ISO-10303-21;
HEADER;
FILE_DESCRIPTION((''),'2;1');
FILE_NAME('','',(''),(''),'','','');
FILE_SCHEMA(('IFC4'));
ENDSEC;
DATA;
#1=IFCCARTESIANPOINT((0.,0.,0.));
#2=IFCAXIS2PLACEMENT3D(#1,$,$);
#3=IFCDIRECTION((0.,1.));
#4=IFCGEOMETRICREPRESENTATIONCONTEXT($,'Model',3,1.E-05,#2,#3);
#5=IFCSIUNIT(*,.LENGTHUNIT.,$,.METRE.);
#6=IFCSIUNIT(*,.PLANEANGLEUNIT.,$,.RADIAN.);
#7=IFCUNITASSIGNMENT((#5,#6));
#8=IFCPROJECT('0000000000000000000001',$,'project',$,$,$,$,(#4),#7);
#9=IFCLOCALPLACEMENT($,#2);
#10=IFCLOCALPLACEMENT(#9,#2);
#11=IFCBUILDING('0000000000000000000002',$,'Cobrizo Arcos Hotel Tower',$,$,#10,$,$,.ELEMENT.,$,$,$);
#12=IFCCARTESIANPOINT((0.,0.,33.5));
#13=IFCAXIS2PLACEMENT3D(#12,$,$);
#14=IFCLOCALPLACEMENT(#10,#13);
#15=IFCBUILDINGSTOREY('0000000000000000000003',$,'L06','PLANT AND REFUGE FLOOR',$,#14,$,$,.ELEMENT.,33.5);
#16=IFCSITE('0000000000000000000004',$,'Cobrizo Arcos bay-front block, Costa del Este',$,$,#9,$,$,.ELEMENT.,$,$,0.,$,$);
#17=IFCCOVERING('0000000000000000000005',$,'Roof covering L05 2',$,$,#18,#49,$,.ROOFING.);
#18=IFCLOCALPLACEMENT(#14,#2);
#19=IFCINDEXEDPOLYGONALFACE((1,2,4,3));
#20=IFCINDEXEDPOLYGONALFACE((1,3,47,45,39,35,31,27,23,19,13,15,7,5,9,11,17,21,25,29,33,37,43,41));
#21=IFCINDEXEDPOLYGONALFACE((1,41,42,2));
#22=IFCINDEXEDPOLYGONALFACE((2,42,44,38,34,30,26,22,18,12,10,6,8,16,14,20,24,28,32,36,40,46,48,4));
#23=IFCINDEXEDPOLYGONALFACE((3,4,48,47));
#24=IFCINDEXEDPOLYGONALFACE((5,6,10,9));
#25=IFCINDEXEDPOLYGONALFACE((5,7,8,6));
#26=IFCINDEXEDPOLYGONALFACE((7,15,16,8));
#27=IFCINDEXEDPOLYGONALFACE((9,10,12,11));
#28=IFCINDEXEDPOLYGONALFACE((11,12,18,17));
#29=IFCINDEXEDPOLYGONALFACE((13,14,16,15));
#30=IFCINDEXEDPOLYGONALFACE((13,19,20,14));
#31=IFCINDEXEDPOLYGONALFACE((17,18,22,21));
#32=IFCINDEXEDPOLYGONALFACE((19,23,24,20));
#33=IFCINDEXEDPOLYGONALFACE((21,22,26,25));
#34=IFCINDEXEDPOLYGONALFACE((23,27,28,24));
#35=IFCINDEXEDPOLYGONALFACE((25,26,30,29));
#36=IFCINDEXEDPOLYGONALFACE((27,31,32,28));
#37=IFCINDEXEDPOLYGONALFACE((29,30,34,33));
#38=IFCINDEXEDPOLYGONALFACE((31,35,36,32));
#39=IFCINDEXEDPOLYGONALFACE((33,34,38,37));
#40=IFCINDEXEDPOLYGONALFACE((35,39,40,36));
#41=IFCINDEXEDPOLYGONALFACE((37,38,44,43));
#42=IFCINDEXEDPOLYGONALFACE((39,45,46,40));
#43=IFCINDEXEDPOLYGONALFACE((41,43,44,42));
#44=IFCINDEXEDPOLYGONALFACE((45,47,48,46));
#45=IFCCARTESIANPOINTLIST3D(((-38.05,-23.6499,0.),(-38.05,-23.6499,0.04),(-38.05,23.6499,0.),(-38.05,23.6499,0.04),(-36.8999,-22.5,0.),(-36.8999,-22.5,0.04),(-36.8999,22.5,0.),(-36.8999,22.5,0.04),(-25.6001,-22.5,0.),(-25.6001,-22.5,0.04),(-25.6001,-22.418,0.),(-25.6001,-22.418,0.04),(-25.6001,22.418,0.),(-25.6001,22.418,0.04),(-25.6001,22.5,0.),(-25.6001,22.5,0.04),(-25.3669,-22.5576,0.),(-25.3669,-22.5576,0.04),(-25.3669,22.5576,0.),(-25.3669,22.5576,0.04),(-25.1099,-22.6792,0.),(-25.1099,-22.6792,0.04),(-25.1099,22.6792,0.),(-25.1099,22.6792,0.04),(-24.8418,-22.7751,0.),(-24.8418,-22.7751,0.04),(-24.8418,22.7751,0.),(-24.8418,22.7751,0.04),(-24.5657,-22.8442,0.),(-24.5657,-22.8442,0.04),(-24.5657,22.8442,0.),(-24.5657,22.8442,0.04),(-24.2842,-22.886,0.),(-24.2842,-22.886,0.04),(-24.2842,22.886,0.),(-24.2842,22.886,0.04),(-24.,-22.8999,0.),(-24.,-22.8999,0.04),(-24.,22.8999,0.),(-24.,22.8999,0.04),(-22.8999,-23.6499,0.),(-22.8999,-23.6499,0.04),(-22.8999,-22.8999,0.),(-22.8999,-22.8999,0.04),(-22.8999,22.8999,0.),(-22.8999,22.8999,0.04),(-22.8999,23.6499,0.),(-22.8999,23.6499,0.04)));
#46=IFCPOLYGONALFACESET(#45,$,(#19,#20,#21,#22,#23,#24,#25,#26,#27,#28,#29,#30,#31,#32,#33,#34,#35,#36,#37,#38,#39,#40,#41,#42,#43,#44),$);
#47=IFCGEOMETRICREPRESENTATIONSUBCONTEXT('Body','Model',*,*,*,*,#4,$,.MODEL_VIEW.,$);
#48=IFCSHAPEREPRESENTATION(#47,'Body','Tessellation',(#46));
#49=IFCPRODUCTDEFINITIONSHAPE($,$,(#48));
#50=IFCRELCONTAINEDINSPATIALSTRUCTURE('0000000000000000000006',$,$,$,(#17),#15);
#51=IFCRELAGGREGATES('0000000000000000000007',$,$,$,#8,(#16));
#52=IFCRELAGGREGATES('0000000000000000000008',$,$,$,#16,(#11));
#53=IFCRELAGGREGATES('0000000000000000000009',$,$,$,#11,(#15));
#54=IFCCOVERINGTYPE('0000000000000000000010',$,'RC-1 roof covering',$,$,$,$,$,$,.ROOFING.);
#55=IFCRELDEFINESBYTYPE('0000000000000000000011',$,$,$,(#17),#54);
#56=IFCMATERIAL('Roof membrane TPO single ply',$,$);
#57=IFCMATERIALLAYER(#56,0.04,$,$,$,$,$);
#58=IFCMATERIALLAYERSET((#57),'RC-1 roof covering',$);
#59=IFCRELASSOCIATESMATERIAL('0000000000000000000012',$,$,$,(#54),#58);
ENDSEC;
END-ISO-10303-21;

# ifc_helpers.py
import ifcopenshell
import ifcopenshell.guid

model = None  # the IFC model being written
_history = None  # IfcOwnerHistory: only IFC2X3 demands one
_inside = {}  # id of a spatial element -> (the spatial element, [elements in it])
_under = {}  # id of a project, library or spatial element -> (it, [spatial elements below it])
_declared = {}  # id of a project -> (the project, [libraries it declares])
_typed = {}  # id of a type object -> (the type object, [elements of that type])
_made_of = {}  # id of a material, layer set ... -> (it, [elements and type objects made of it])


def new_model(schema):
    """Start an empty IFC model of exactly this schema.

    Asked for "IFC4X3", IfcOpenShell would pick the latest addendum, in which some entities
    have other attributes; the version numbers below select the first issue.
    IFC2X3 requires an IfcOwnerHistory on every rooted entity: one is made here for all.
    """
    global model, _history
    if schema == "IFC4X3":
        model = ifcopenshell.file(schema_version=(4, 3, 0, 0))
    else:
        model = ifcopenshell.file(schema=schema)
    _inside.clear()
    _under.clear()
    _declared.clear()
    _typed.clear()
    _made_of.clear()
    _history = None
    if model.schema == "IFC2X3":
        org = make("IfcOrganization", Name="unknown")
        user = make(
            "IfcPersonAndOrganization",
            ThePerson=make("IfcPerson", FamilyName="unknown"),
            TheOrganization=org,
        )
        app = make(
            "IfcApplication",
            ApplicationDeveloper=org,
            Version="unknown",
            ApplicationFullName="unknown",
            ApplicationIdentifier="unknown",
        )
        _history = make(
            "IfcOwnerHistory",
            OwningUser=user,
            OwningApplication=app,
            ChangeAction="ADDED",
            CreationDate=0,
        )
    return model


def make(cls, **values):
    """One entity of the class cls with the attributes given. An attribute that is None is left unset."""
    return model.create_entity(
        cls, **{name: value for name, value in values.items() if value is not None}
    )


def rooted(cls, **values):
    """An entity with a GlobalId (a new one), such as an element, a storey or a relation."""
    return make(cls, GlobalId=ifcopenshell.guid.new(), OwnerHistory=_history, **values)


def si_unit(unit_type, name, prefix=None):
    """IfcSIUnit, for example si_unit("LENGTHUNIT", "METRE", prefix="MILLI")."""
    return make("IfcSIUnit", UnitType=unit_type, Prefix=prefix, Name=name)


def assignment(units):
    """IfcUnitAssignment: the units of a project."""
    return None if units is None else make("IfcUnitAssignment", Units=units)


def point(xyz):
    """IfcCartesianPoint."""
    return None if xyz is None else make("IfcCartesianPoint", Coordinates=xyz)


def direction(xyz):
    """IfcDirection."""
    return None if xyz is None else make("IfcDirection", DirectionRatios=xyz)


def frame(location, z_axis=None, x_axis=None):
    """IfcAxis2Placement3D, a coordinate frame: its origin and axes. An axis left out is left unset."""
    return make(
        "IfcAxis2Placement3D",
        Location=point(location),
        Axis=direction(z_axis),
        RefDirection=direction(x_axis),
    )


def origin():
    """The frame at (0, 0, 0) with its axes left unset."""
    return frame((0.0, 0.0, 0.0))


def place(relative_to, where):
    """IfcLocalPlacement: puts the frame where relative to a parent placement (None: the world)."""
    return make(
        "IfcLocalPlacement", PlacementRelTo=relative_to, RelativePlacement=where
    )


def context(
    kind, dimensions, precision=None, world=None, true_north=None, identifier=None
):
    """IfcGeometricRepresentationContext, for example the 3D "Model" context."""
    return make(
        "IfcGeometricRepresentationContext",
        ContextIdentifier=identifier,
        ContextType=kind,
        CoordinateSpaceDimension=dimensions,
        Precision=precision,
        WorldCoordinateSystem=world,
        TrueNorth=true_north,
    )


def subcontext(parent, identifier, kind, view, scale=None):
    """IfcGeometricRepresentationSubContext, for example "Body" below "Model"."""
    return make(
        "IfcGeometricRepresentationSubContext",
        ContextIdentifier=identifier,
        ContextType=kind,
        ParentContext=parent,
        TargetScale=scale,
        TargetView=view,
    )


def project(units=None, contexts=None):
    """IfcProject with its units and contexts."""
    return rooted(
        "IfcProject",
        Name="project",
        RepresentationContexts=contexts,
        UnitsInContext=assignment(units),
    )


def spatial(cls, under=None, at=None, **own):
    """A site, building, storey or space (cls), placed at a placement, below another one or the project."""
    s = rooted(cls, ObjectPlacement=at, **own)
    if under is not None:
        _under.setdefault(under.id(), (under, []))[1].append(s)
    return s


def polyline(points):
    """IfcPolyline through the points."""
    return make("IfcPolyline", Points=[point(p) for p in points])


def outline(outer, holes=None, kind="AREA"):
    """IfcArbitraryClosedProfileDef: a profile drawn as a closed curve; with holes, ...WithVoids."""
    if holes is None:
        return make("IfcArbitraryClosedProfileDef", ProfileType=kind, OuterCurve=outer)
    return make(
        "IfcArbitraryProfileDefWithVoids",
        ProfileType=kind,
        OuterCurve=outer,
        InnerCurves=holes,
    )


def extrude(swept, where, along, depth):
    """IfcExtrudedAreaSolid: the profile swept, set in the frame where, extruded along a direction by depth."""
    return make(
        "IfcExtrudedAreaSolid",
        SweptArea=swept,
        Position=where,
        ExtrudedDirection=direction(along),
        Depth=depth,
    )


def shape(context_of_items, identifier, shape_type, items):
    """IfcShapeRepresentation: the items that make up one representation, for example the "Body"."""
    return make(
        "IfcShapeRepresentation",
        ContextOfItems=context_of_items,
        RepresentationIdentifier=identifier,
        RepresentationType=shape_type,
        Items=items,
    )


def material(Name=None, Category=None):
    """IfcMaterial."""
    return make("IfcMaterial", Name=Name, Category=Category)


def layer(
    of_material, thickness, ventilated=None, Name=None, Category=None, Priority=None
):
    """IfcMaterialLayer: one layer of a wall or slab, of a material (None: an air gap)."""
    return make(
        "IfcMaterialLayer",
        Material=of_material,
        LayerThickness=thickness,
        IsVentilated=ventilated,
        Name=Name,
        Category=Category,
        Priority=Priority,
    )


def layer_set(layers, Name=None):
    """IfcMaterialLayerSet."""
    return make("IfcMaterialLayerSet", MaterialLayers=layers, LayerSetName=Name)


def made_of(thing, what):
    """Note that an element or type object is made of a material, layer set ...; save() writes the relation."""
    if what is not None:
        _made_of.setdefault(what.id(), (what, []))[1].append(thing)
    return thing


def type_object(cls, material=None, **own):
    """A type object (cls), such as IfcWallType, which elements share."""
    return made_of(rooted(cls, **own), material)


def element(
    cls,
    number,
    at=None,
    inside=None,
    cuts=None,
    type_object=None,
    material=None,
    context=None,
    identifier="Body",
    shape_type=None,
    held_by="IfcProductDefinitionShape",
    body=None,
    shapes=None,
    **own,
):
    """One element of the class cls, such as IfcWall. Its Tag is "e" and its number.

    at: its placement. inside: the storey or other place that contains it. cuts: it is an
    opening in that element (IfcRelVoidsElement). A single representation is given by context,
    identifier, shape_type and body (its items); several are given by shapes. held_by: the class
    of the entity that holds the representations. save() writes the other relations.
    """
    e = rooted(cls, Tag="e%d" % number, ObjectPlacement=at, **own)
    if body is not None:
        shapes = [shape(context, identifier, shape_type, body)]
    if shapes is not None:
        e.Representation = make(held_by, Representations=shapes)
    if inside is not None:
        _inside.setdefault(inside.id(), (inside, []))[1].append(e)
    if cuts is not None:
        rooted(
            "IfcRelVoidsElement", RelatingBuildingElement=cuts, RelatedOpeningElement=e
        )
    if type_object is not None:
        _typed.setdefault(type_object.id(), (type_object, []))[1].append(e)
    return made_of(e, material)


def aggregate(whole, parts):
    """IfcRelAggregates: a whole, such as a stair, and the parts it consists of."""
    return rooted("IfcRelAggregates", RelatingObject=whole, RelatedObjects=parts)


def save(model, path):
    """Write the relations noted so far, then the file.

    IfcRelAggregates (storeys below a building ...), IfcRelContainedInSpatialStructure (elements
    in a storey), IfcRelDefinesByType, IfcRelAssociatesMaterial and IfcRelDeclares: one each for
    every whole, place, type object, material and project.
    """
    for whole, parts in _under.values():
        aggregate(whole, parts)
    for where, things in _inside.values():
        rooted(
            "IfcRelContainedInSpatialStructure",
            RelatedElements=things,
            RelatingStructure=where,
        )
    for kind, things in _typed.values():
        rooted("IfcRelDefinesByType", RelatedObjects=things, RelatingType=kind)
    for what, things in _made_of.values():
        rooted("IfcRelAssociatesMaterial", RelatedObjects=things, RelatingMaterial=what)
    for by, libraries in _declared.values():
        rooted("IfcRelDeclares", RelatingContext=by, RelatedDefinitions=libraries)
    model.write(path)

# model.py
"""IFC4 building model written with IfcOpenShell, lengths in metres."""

from ifc_helpers import new_model, si_unit, direction, frame, origin, place, context, subcontext, project, spatial, polyline, outline, extrude, material, layer, layer_set, type_object, element, save


model = new_model("IFC4")

# Units and contexts
model_context = context("Model", 3, precision=1e-05, world=origin(), true_north=direction((0.0, 1.0)))
body_context = subcontext(model_context, "Body", "Model", "MODEL_VIEW")
ifc_project = project(units=[si_unit("LENGTHUNIT", "METRE"), si_unit("PLANEANGLEUNIT", "RADIAN")], contexts=[model_context])

# Site, building, storey
site_placement = place(None, origin())
site = spatial("IfcSite", under=ifc_project, at=site_placement, Name="Cobrizo Arcos bay-front block, Costa del Este", CompositionType="ELEMENT", RefElevation=0.0)
building_placement = place(site_placement, origin())
building = spatial("IfcBuilding", under=site, at=building_placement, Name="Cobrizo Arcos Hotel Tower", CompositionType="ELEMENT")
storey_placement = place(building_placement, frame((0.0, 0.0, 33.5)))
storey = spatial("IfcBuildingStorey", under=building, at=storey_placement, Name="L06", Description="PLANT AND REFUGE FLOOR", CompositionType="ELEMENT", Elevation=33.5)

# Covering
ifc_material_1 = material(Name="Roof membrane TPO single ply")
ifc_layer_1 = layer(ifc_material_1, 0.04)
ifc_layer_set_1 = layer_set([ifc_layer_1], Name="RC-1 roof covering")
covering_type_1 = type_object("IfcCoveringType", Name="RC-1 roof covering", PredefinedType="ROOFING", material=ifc_layer_set_1)
covering_1_placement = place(storey_placement, origin())
element("IfcCovering", 1, at=covering_1_placement, inside=storey, type_object=covering_type_1, Name="Roof covering L05 2", PredefinedType="ROOFING", context=body_context, shape_type="SweptSolid", body=[
    extrude(outline(polyline([(-22.8999, 23.6499), (-22.8999, 22.8999), (-24.0, 22.8999), (-24.2842, 22.886), (-24.5657, 22.8442), (-24.8418, 22.7751), (-25.1099, 22.6792), (-25.3669, 22.5576), (-25.6001, 22.418), (-25.6001, 22.5), (-36.8999, 22.5), (-36.8999, -22.5), (-25.6001, -22.5), (-25.6001, -22.418), (-25.3669, -22.5576), (-25.1099, -22.6792), (-24.8418, -22.7751), (-24.5657, -22.8442), (-24.2842, -22.886), (-24.0, -22.8999), (-22.8999, -22.8999), (-22.8999, -23.6499), (-38.05, -23.6499), (-38.05, 23.6499), (-22.8999, 23.6499)])), origin(), (0.0, 0.0, 1.0), 0.04),
])

save(model, "model.ifc")
